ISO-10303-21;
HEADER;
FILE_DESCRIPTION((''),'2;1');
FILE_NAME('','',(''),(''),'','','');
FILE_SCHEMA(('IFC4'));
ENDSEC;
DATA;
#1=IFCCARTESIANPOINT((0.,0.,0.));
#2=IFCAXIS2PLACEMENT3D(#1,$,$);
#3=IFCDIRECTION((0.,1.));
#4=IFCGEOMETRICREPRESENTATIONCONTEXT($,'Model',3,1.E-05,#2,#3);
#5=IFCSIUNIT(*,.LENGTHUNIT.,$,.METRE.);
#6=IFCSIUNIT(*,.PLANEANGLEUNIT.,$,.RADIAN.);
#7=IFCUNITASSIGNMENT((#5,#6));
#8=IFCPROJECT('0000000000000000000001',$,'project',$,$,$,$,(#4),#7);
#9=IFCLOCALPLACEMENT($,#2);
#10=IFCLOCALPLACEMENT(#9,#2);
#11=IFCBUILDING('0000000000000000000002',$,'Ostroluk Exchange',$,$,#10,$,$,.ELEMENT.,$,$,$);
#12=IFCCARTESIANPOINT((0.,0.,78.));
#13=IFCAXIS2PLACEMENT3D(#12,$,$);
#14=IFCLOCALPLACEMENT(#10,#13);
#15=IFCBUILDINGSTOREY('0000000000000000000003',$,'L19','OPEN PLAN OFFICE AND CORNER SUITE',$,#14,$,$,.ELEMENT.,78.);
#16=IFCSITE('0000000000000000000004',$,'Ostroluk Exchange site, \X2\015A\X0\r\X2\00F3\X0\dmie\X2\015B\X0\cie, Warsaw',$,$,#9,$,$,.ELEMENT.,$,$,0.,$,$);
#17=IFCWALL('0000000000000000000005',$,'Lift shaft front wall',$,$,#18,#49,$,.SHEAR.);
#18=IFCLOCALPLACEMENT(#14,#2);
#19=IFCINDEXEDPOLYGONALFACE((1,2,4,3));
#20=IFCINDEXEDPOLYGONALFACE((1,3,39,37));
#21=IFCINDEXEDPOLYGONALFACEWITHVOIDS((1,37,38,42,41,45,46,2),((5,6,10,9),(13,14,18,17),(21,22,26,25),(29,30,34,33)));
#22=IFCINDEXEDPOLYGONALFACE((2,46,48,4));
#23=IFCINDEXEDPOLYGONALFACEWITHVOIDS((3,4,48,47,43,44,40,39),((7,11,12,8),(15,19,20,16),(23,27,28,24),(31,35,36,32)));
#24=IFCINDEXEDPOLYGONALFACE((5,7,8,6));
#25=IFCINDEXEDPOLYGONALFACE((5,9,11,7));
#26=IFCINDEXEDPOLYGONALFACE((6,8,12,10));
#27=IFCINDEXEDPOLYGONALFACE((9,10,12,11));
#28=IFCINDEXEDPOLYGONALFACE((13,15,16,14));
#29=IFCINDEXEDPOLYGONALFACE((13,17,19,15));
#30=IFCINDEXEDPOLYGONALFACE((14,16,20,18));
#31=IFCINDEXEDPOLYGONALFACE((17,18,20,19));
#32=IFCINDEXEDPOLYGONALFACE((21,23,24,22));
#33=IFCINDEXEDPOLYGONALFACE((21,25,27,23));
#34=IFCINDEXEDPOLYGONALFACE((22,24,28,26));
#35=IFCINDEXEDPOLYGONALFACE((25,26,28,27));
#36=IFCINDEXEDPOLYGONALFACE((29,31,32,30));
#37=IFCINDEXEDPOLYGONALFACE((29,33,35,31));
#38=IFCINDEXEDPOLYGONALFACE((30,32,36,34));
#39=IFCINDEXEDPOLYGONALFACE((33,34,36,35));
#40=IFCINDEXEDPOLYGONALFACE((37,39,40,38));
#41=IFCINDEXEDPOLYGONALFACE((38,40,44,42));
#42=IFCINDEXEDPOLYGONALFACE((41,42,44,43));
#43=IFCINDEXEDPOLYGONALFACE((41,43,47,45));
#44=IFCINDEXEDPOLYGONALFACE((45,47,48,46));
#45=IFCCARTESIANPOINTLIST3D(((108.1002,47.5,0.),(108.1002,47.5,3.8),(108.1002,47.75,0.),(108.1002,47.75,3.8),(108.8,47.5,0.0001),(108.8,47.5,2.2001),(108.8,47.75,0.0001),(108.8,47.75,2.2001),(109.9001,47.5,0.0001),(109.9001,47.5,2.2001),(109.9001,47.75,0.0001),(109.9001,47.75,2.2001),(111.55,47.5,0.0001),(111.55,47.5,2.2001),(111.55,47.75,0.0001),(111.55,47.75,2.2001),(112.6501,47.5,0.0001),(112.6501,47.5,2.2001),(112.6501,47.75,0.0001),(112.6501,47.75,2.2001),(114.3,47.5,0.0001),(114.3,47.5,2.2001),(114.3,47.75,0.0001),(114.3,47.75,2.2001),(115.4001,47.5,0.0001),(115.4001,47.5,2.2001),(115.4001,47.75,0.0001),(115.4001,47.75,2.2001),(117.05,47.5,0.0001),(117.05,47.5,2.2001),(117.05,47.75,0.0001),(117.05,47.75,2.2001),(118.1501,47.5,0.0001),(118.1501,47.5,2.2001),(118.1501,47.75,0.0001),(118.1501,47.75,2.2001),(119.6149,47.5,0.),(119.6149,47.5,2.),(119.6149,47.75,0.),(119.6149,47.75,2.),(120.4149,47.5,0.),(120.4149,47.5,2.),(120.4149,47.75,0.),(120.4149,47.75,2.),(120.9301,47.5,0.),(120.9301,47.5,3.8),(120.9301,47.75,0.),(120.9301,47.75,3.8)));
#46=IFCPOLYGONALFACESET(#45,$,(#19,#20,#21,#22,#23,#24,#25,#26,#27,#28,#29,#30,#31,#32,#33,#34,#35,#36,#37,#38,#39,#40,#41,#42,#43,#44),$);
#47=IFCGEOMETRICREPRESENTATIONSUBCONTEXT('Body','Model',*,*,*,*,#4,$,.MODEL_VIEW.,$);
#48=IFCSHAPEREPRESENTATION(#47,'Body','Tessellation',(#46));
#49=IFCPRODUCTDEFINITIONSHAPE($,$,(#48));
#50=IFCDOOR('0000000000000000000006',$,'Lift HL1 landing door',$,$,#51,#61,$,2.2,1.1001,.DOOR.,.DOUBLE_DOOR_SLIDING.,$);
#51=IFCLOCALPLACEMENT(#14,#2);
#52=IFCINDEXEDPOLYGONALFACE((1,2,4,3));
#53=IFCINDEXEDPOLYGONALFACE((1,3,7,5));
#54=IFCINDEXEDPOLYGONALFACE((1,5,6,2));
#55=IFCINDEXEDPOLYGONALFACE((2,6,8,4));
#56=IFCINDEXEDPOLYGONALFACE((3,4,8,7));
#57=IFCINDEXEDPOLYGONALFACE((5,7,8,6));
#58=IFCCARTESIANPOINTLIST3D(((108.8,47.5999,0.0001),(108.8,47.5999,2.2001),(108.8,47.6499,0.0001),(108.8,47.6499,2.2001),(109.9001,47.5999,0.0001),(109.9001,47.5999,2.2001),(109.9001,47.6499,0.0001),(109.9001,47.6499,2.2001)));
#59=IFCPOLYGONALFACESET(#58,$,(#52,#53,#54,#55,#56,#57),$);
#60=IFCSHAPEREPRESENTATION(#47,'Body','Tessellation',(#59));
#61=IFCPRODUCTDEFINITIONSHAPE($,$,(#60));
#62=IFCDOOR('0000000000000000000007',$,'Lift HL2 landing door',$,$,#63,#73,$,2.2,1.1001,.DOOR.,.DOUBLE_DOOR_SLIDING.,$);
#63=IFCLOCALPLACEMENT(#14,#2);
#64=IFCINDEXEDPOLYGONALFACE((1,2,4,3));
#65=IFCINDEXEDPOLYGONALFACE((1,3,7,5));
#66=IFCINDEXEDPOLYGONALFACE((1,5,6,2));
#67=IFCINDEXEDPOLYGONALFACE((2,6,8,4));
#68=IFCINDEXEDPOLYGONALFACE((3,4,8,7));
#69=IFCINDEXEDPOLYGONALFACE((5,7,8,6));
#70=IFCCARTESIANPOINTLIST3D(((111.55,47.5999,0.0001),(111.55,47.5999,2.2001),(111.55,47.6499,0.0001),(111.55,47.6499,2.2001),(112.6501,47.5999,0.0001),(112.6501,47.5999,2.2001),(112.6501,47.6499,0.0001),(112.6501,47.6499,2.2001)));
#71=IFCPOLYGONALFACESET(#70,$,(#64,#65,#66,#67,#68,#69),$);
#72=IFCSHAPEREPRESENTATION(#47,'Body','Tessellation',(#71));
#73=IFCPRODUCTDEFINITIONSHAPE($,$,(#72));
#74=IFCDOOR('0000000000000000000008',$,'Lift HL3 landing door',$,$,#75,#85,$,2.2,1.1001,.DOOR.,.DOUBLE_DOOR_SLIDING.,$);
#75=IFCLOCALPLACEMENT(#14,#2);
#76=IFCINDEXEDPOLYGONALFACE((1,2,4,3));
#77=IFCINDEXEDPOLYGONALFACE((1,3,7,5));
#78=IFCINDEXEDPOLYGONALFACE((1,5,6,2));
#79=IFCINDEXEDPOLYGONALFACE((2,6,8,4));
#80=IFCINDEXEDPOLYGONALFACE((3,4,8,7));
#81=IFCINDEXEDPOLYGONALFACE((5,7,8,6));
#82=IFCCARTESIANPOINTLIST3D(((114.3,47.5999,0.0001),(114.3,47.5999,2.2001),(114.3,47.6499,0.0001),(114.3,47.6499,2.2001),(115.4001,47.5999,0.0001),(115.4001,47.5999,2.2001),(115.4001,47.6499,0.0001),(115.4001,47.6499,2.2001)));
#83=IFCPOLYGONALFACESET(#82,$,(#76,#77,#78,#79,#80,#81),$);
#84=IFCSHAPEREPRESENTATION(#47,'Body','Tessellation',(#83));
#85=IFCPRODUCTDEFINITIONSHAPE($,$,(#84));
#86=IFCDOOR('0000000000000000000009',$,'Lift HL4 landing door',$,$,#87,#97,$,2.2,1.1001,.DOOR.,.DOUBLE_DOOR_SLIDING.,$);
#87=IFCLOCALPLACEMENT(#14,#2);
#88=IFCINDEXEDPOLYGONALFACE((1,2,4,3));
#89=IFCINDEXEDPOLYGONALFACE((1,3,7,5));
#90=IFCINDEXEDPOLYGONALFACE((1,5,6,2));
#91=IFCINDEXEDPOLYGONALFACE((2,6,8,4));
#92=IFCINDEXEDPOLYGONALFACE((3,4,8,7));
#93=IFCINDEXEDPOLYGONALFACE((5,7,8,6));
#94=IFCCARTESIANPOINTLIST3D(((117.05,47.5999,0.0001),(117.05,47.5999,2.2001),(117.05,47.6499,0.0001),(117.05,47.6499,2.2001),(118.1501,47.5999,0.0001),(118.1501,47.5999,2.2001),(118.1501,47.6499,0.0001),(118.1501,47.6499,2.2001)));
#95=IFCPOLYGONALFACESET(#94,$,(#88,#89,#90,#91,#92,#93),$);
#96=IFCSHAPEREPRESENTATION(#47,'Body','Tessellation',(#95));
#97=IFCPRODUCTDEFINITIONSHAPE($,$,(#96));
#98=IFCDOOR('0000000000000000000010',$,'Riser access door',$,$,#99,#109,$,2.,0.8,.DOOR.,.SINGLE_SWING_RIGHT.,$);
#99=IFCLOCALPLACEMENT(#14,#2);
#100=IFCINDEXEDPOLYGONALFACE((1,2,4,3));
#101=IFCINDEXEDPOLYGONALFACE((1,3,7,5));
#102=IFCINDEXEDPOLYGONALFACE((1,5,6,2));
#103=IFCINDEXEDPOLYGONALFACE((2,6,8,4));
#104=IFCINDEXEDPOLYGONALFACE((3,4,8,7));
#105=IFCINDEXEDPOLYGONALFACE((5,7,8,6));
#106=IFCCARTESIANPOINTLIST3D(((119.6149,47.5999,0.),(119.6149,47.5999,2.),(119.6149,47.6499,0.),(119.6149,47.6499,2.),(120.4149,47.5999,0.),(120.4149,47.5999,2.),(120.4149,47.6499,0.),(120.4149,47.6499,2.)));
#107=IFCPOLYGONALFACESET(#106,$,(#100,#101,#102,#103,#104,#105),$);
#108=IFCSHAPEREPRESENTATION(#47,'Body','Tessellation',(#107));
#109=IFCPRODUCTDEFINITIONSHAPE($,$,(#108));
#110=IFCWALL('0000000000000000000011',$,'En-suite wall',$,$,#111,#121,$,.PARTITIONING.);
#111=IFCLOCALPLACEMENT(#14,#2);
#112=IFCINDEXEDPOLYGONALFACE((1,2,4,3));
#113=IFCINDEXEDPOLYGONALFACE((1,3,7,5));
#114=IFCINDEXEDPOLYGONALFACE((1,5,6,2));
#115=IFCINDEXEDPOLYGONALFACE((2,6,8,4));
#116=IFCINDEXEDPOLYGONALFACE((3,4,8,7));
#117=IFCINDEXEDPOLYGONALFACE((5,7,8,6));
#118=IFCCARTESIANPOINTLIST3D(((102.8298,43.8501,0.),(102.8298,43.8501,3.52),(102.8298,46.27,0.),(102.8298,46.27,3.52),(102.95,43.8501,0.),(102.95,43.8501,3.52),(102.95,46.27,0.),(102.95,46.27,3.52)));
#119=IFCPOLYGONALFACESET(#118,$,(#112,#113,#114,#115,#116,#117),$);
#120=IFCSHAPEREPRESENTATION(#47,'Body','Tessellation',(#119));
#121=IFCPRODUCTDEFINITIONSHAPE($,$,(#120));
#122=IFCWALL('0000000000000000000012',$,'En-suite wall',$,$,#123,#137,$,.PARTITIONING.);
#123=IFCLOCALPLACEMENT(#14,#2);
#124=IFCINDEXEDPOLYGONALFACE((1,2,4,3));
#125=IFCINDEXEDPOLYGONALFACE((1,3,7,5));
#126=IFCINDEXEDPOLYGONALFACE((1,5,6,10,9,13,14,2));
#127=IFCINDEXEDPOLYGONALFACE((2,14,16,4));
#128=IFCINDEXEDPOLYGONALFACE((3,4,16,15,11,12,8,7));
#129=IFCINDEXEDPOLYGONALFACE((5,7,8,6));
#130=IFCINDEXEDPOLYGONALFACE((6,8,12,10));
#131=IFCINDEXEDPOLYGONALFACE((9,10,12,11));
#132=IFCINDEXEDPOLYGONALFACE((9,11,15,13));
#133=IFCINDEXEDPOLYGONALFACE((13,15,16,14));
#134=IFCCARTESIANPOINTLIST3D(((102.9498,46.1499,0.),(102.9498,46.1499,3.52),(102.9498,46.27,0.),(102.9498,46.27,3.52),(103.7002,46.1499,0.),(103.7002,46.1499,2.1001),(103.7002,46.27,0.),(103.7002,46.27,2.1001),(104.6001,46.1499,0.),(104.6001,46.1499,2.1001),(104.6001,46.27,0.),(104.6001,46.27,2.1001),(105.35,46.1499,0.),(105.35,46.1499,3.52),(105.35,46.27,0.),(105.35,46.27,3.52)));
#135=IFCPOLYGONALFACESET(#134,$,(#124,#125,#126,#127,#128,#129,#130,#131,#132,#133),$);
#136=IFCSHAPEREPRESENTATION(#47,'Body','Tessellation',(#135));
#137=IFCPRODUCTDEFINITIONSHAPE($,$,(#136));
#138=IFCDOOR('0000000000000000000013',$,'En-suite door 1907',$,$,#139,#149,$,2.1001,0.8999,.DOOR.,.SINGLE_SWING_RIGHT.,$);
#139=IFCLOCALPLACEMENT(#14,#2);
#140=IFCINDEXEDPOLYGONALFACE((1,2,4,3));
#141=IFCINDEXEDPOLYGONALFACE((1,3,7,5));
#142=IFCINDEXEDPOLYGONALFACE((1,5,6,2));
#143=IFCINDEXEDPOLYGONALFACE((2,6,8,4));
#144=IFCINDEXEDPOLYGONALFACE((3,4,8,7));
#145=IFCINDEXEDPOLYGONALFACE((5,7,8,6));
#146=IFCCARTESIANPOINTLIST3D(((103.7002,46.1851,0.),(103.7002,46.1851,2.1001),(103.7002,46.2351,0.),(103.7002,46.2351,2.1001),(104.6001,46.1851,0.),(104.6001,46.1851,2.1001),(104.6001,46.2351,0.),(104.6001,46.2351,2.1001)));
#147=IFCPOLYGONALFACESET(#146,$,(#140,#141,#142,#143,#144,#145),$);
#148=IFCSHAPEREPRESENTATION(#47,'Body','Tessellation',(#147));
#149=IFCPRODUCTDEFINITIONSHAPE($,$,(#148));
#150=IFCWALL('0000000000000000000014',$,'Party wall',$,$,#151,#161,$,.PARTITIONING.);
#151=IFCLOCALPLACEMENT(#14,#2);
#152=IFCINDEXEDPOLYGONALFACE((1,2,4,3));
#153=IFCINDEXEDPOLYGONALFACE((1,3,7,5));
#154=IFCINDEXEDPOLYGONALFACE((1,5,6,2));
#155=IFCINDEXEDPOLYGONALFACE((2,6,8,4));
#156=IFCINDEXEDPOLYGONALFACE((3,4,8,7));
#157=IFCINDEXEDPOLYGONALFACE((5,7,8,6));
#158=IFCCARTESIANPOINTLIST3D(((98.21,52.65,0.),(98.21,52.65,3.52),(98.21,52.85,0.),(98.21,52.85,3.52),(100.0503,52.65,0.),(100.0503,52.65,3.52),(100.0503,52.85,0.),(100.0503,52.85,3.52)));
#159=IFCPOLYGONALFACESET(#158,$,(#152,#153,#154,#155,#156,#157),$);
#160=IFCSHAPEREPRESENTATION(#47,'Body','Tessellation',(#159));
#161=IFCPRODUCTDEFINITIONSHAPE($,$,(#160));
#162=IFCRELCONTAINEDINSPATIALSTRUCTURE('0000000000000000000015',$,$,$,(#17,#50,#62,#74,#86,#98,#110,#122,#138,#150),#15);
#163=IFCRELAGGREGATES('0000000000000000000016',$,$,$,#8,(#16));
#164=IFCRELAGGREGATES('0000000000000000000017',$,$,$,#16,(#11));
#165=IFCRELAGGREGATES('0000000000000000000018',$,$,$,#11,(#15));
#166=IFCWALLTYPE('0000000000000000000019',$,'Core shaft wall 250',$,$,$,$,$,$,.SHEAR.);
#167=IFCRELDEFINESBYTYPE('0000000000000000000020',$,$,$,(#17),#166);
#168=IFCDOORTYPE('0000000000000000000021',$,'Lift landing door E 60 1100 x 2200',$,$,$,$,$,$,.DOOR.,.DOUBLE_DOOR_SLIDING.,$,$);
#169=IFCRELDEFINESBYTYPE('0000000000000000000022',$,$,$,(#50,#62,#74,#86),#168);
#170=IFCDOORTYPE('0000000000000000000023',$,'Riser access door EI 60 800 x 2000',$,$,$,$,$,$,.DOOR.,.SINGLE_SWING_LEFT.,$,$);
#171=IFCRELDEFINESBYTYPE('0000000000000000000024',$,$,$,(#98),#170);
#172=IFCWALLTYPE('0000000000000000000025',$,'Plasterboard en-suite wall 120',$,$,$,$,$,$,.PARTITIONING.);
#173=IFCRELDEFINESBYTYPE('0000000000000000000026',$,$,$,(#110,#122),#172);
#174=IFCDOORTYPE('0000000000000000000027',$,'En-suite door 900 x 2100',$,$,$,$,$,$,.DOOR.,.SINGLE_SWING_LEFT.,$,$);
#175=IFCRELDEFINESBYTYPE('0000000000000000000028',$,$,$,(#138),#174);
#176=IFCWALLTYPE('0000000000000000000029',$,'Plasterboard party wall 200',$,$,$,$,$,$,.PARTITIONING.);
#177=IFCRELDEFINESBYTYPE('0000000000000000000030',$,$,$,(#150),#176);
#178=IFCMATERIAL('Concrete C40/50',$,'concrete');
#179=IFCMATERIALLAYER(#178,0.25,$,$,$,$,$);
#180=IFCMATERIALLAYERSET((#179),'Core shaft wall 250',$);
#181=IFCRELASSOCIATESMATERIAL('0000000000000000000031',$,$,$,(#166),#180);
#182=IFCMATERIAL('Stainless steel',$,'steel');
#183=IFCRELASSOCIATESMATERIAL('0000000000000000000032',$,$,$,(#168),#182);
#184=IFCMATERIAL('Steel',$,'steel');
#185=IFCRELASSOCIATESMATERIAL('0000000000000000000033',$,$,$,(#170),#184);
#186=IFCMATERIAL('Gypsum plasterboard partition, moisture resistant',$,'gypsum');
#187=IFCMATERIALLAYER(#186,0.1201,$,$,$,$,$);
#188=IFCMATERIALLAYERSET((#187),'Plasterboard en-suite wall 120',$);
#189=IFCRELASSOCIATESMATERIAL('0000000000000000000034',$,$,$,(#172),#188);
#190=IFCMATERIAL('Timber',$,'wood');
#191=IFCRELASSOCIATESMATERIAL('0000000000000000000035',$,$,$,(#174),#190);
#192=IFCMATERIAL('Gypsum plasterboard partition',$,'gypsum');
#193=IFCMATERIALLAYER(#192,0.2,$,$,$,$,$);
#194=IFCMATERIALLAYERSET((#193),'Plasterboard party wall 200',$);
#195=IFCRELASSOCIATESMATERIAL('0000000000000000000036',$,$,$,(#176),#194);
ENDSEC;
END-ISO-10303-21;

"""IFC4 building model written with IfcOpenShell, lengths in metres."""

from ifc_helpers import new_model, si_unit, direction, frame, frame_2d, origin, place, context, subcontext, project, spatial, rectangle, extrude, material, layer, layer_set, type_object, element, fill, save


model = new_model("IFC4")

# Units and contexts
model_context = context("Model", 3, precision=1e-05, world=origin(), true_north=direction((0.0, 1.0)))
body_context = subcontext(model_context, "Body", "Model", "MODEL_VIEW")
ifc_project = project(units=[si_unit("LENGTHUNIT", "METRE"), si_unit("PLANEANGLEUNIT", "RADIAN")], contexts=[model_context])

# Site, building, storey
site_placement = place(None, origin())
site = spatial("IfcSite", under=ifc_project, at=site_placement, Name="Ostroluk Exchange site, Śródmieście, Warsaw", CompositionType="ELEMENT", RefElevation=0.0)
building_placement = place(site_placement, origin())
building = spatial("IfcBuilding", under=site, at=building_placement, Name="Ostroluk Exchange", CompositionType="ELEMENT")
storey_placement = place(building_placement, frame((0.0, 0.0, 78.0)))
storey = spatial("IfcBuildingStorey", under=building, at=storey_placement, Name="L19", Description="OPEN PLAN OFFICE AND CORNER SUITE", CompositionType="ELEMENT", Elevation=78.0)

# Shared definitions
ifc_material_1 = material(Name="Concrete C40/50", Category="concrete")
ifc_layer_1 = layer(ifc_material_1, 0.25)
ifc_layer_set_1 = layer_set([ifc_layer_1], Name="Core shaft wall 250")
wall_type_1 = type_object("IfcWallType", Name="Core shaft wall 250", PredefinedType="SHEAR", material=ifc_layer_set_1)

# Wall, openings, doors
wall_1_placement = place(storey_placement, frame((108.1001, 47.625, 0.0), z_axis=(0.0, 0.0, 1.0), x_axis=(1.0, 0.0, 0.0)))
wall_1 = element("IfcWall", 1, at=wall_1_placement, inside=storey, type_object=wall_type_1, Name="Lift shaft front wall", PredefinedType="SHEAR", context=body_context, shape_type="SweptSolid", body=[
    extrude(rectangle(XDim=12.8298, YDim=0.25, at=frame_2d((6.415, 0.0))), origin(), (0.0, 0.0, 1.0), 3.8),
])
opening_1_placement = place(wall_1_placement, frame((0.7, 0.0, 0.0)))
opening_1 = element("IfcOpeningElement", 2, at=opening_1_placement, cuts=wall_1, PredefinedType="OPENING", context=body_context, shape_type="SweptSolid", body=[
    extrude(rectangle(XDim=1.1001, YDim=2.2, at=frame_2d((0.55, 1.1001))), frame((0.0, 0.135, 0.0), z_axis=(0.0, -1.0, 0.0), x_axis=(1.0, 0.0, 0.0)), (0.0, 0.0, 1.0), 0.27),
])
opening_2_placement = place(wall_1_placement, frame((3.45, 0.0, 0.0)))
opening_2 = element("IfcOpeningElement", 3, at=opening_2_placement, cuts=wall_1, PredefinedType="OPENING", context=body_context, shape_type="SweptSolid", body=[
    extrude(rectangle(XDim=1.1001, YDim=2.2, at=frame_2d((0.55, 1.1001))), frame((0.0, 0.135, 0.0), z_axis=(0.0, -1.0, 0.0), x_axis=(1.0, 0.0, 0.0)), (0.0, 0.0, 1.0), 0.27),
])
opening_3_placement = place(wall_1_placement, frame((6.2, 0.0, 0.0)))
opening_3 = element("IfcOpeningElement", 4, at=opening_3_placement, cuts=wall_1, PredefinedType="OPENING", context=body_context, shape_type="SweptSolid", body=[
    extrude(rectangle(XDim=1.1001, YDim=2.2, at=frame_2d((0.55, 1.1001))), frame((0.0, 0.135, 0.0), z_axis=(0.0, -1.0, 0.0), x_axis=(1.0, 0.0, 0.0)), (0.0, 0.0, 1.0), 0.27),
])
opening_4_placement = place(wall_1_placement, frame((8.95, 0.0, 0.0)))
opening_4 = element("IfcOpeningElement", 5, at=opening_4_placement, cuts=wall_1, PredefinedType="OPENING", context=body_context, shape_type="SweptSolid", body=[
    extrude(rectangle(XDim=1.1001, YDim=2.2, at=frame_2d((0.55, 1.1001))), frame((0.0, 0.135, 0.0), z_axis=(0.0, -1.0, 0.0), x_axis=(1.0, 0.0, 0.0)), (0.0, 0.0, 1.0), 0.27),
])
opening_5_placement = place(wall_1_placement, frame((11.5149, 0.0, 0.0)))
opening_5 = element("IfcOpeningElement", 6, at=opening_5_placement, cuts=wall_1, PredefinedType="OPENING", context=body_context, shape_type="SweptSolid", body=[
    extrude(rectangle(XDim=0.8, YDim=2.0, at=frame_2d((0.3999, 1.0))), frame((0.0, 0.135, 0.0), z_axis=(0.0, -1.0, 0.0), x_axis=(1.0, 0.0, 0.0)), (0.0, 0.0, 1.0), 0.27),
])
ifc_material_2 = material(Name="Stainless steel", Category="steel")
door_type_1 = type_object("IfcDoorType", Name="Lift landing door E 60 1100 x 2200", OperationType="DOUBLE_DOOR_SLIDING", PredefinedType="DOOR", material=ifc_material_2)
door_1_placement = place(opening_1_placement, origin())
door_1 = element("IfcDoor", 7, at=door_1_placement, inside=storey, type_object=door_type_1, Name="Lift HL1 landing door", OperationType="DOUBLE_DOOR_SLIDING", OverallHeight=2.2, OverallWidth=1.1001, PredefinedType="DOOR", context=body_context, shape_type="SweptSolid", body=[
    extrude(rectangle(XDim=1.1001, YDim=2.2, at=frame_2d((0.55, 1.1001))), frame((0.0, 0.0249, 0.0), z_axis=(0.0, -1.0, 0.0), x_axis=(1.0, 0.0, 0.0)), (0.0, 0.0, 1.0), 0.05),
])
fill(opening_1, door_1)
door_2_placement = place(opening_2_placement, origin())
door_2 = element("IfcDoor", 8, at=door_2_placement, inside=storey, type_object=door_type_1, Name="Lift HL2 landing door", OperationType="DOUBLE_DOOR_SLIDING", OverallHeight=2.2, OverallWidth=1.1001, PredefinedType="DOOR", context=body_context, shape_type="SweptSolid", body=[
    extrude(rectangle(XDim=1.1001, YDim=2.2, at=frame_2d((0.55, 1.1001))), frame((0.0, 0.0249, 0.0), z_axis=(0.0, -1.0, 0.0), x_axis=(1.0, 0.0, 0.0)), (0.0, 0.0, 1.0), 0.05),
])
fill(opening_2, door_2)
door_3_placement = place(opening_3_placement, origin())
door_3 = element("IfcDoor", 9, at=door_3_placement, inside=storey, type_object=door_type_1, Name="Lift HL3 landing door", OperationType="DOUBLE_DOOR_SLIDING", OverallHeight=2.2, OverallWidth=1.1001, PredefinedType="DOOR", context=body_context, shape_type="SweptSolid", body=[
    extrude(rectangle(XDim=1.1001, YDim=2.2, at=frame_2d((0.55, 1.1001))), frame((0.0, 0.0249, 0.0), z_axis=(0.0, -1.0, 0.0), x_axis=(1.0, 0.0, 0.0)), (0.0, 0.0, 1.0), 0.05),
])
fill(opening_3, door_3)
door_4_placement = place(opening_4_placement, origin())
door_4 = element("IfcDoor", 10, at=door_4_placement, inside=storey, type_object=door_type_1, Name="Lift HL4 landing door", OperationType="DOUBLE_DOOR_SLIDING", OverallHeight=2.2, OverallWidth=1.1001, PredefinedType="DOOR", context=body_context, shape_type="SweptSolid", body=[
    extrude(rectangle(XDim=1.1001, YDim=2.2, at=frame_2d((0.55, 1.1001))), frame((0.0, 0.0249, 0.0), z_axis=(0.0, -1.0, 0.0), x_axis=(1.0, 0.0, 0.0)), (0.0, 0.0, 1.0), 0.05),
])
fill(opening_4, door_4)
ifc_material_3 = material(Name="Steel", Category="steel")
door_type_2 = type_object("IfcDoorType", Name="Riser access door EI 60 800 x 2000", OperationType="SINGLE_SWING_LEFT", PredefinedType="DOOR", material=ifc_material_3)
door_5_placement = place(opening_5_placement, origin())
door_5 = element("IfcDoor", 11, at=door_5_placement, inside=storey, type_object=door_type_2, Name="Riser access door", OperationType="SINGLE_SWING_RIGHT", OverallHeight=2.0, OverallWidth=0.8, PredefinedType="DOOR", context=body_context, shape_type="SweptSolid", body=[
    extrude(rectangle(XDim=0.8, YDim=2.0, at=frame_2d((0.3999, 1.0))), frame((0.0, 0.0249, 0.0), z_axis=(0.0, -1.0, 0.0), x_axis=(1.0, 0.0, 0.0)), (0.0, 0.0, 1.0), 0.05),
])
fill(opening_5, door_5)

# Wall
ifc_material_4 = material(Name="Gypsum plasterboard partition, moisture resistant", Category="gypsum")
ifc_layer_2 = layer(ifc_material_4, 0.1201)
ifc_layer_set_2 = layer_set([ifc_layer_2], Name="Plasterboard en-suite wall 120")
wall_type_2 = type_object("IfcWallType", Name="Plasterboard en-suite wall 120", PredefinedType="PARTITIONING", material=ifc_layer_set_2)
wall_2_placement = place(storey_placement, frame((102.8899, 46.27, 0.0), z_axis=(0.0, 0.0, 1.0), x_axis=(0.0, -1.0, 0.0)))
element("IfcWall", 12, at=wall_2_placement, inside=storey, type_object=wall_type_2, Name="En-suite wall", PredefinedType="PARTITIONING", context=body_context, shape_type="SweptSolid", body=[
    extrude(rectangle(XDim=2.4199, YDim=0.1201, at=frame_2d((1.21, 0.0))), origin(), (0.0, 0.0, 1.0), 3.52),
])

# Wall, opening, door
wall_3_placement = place(storey_placement, frame((105.3501, 46.21, 0.0), z_axis=(0.0, 0.0, 1.0), x_axis=(-1.0, 0.0, 0.0)))
wall_3 = element("IfcWall", 13, at=wall_3_placement, inside=storey, type_object=wall_type_2, Name="En-suite wall", PredefinedType="PARTITIONING", context=body_context, shape_type="SweptSolid", body=[
    extrude(rectangle(XDim=2.4001, YDim=0.1201, at=frame_2d((1.2002, 0.0))), origin(), (0.0, 0.0, 1.0), 3.52),
])
opening_6_placement = place(wall_3_placement, frame((0.75, 0.0, 0.0)))
opening_6 = element("IfcOpeningElement", 14, at=opening_6_placement, cuts=wall_3, PredefinedType="OPENING", context=body_context, shape_type="SweptSolid", body=[
    extrude(rectangle(XDim=0.8999, YDim=2.1001, at=frame_2d((0.45, 1.05))), frame((0.0, 0.0701, 0.0), z_axis=(0.0, -1.0, 0.0), x_axis=(1.0, 0.0, 0.0)), (0.0, 0.0, 1.0), 0.1401),
])
ifc_material_5 = material(Name="Timber", Category="wood")
door_type_3 = type_object("IfcDoorType", Name="En-suite door 900 x 2100", OperationType="SINGLE_SWING_LEFT", PredefinedType="DOOR", material=ifc_material_5)
door_6_placement = place(opening_6_placement, origin())
door_6 = element("IfcDoor", 15, at=door_6_placement, inside=storey, type_object=door_type_3, Name="En-suite door 1907", OperationType="SINGLE_SWING_RIGHT", OverallHeight=2.1001, OverallWidth=0.8999, PredefinedType="DOOR", context=body_context, shape_type="SweptSolid", body=[
    extrude(rectangle(XDim=0.8999, YDim=2.1001, at=frame_2d((0.45, 1.05))), frame((0.0, 0.0249, 0.0), z_axis=(0.0, -1.0, 0.0), x_axis=(1.0, 0.0, 0.0)), (0.0, 0.0, 1.0), 0.05),
])
fill(opening_6, door_6)

# Wall
ifc_material_6 = material(Name="Gypsum plasterboard partition", Category="gypsum")
ifc_layer_3 = layer(ifc_material_6, 0.2)
ifc_layer_set_3 = layer_set([ifc_layer_3], Name="Plasterboard party wall 200")
wall_type_3 = type_object("IfcWallType", Name="Plasterboard party wall 200", PredefinedType="PARTITIONING", material=ifc_layer_set_3)
wall_4_placement = place(storey_placement, frame((100.0503, 52.75, 0.0), z_axis=(0.0, 0.0, 1.0), x_axis=(-1.0, 0.0, 0.0)))
element("IfcWall", 16, at=wall_4_placement, inside=storey, type_object=wall_type_3, Name="Party wall", PredefinedType="PARTITIONING", context=body_context, shape_type="SweptSolid", body=[
    extrude(rectangle(XDim=1.8403, YDim=0.2, at=frame_2d((0.9202, 0.0))), origin(), (0.0, 0.0, 1.0), 3.52),
])

save(model, "model.ifc")
